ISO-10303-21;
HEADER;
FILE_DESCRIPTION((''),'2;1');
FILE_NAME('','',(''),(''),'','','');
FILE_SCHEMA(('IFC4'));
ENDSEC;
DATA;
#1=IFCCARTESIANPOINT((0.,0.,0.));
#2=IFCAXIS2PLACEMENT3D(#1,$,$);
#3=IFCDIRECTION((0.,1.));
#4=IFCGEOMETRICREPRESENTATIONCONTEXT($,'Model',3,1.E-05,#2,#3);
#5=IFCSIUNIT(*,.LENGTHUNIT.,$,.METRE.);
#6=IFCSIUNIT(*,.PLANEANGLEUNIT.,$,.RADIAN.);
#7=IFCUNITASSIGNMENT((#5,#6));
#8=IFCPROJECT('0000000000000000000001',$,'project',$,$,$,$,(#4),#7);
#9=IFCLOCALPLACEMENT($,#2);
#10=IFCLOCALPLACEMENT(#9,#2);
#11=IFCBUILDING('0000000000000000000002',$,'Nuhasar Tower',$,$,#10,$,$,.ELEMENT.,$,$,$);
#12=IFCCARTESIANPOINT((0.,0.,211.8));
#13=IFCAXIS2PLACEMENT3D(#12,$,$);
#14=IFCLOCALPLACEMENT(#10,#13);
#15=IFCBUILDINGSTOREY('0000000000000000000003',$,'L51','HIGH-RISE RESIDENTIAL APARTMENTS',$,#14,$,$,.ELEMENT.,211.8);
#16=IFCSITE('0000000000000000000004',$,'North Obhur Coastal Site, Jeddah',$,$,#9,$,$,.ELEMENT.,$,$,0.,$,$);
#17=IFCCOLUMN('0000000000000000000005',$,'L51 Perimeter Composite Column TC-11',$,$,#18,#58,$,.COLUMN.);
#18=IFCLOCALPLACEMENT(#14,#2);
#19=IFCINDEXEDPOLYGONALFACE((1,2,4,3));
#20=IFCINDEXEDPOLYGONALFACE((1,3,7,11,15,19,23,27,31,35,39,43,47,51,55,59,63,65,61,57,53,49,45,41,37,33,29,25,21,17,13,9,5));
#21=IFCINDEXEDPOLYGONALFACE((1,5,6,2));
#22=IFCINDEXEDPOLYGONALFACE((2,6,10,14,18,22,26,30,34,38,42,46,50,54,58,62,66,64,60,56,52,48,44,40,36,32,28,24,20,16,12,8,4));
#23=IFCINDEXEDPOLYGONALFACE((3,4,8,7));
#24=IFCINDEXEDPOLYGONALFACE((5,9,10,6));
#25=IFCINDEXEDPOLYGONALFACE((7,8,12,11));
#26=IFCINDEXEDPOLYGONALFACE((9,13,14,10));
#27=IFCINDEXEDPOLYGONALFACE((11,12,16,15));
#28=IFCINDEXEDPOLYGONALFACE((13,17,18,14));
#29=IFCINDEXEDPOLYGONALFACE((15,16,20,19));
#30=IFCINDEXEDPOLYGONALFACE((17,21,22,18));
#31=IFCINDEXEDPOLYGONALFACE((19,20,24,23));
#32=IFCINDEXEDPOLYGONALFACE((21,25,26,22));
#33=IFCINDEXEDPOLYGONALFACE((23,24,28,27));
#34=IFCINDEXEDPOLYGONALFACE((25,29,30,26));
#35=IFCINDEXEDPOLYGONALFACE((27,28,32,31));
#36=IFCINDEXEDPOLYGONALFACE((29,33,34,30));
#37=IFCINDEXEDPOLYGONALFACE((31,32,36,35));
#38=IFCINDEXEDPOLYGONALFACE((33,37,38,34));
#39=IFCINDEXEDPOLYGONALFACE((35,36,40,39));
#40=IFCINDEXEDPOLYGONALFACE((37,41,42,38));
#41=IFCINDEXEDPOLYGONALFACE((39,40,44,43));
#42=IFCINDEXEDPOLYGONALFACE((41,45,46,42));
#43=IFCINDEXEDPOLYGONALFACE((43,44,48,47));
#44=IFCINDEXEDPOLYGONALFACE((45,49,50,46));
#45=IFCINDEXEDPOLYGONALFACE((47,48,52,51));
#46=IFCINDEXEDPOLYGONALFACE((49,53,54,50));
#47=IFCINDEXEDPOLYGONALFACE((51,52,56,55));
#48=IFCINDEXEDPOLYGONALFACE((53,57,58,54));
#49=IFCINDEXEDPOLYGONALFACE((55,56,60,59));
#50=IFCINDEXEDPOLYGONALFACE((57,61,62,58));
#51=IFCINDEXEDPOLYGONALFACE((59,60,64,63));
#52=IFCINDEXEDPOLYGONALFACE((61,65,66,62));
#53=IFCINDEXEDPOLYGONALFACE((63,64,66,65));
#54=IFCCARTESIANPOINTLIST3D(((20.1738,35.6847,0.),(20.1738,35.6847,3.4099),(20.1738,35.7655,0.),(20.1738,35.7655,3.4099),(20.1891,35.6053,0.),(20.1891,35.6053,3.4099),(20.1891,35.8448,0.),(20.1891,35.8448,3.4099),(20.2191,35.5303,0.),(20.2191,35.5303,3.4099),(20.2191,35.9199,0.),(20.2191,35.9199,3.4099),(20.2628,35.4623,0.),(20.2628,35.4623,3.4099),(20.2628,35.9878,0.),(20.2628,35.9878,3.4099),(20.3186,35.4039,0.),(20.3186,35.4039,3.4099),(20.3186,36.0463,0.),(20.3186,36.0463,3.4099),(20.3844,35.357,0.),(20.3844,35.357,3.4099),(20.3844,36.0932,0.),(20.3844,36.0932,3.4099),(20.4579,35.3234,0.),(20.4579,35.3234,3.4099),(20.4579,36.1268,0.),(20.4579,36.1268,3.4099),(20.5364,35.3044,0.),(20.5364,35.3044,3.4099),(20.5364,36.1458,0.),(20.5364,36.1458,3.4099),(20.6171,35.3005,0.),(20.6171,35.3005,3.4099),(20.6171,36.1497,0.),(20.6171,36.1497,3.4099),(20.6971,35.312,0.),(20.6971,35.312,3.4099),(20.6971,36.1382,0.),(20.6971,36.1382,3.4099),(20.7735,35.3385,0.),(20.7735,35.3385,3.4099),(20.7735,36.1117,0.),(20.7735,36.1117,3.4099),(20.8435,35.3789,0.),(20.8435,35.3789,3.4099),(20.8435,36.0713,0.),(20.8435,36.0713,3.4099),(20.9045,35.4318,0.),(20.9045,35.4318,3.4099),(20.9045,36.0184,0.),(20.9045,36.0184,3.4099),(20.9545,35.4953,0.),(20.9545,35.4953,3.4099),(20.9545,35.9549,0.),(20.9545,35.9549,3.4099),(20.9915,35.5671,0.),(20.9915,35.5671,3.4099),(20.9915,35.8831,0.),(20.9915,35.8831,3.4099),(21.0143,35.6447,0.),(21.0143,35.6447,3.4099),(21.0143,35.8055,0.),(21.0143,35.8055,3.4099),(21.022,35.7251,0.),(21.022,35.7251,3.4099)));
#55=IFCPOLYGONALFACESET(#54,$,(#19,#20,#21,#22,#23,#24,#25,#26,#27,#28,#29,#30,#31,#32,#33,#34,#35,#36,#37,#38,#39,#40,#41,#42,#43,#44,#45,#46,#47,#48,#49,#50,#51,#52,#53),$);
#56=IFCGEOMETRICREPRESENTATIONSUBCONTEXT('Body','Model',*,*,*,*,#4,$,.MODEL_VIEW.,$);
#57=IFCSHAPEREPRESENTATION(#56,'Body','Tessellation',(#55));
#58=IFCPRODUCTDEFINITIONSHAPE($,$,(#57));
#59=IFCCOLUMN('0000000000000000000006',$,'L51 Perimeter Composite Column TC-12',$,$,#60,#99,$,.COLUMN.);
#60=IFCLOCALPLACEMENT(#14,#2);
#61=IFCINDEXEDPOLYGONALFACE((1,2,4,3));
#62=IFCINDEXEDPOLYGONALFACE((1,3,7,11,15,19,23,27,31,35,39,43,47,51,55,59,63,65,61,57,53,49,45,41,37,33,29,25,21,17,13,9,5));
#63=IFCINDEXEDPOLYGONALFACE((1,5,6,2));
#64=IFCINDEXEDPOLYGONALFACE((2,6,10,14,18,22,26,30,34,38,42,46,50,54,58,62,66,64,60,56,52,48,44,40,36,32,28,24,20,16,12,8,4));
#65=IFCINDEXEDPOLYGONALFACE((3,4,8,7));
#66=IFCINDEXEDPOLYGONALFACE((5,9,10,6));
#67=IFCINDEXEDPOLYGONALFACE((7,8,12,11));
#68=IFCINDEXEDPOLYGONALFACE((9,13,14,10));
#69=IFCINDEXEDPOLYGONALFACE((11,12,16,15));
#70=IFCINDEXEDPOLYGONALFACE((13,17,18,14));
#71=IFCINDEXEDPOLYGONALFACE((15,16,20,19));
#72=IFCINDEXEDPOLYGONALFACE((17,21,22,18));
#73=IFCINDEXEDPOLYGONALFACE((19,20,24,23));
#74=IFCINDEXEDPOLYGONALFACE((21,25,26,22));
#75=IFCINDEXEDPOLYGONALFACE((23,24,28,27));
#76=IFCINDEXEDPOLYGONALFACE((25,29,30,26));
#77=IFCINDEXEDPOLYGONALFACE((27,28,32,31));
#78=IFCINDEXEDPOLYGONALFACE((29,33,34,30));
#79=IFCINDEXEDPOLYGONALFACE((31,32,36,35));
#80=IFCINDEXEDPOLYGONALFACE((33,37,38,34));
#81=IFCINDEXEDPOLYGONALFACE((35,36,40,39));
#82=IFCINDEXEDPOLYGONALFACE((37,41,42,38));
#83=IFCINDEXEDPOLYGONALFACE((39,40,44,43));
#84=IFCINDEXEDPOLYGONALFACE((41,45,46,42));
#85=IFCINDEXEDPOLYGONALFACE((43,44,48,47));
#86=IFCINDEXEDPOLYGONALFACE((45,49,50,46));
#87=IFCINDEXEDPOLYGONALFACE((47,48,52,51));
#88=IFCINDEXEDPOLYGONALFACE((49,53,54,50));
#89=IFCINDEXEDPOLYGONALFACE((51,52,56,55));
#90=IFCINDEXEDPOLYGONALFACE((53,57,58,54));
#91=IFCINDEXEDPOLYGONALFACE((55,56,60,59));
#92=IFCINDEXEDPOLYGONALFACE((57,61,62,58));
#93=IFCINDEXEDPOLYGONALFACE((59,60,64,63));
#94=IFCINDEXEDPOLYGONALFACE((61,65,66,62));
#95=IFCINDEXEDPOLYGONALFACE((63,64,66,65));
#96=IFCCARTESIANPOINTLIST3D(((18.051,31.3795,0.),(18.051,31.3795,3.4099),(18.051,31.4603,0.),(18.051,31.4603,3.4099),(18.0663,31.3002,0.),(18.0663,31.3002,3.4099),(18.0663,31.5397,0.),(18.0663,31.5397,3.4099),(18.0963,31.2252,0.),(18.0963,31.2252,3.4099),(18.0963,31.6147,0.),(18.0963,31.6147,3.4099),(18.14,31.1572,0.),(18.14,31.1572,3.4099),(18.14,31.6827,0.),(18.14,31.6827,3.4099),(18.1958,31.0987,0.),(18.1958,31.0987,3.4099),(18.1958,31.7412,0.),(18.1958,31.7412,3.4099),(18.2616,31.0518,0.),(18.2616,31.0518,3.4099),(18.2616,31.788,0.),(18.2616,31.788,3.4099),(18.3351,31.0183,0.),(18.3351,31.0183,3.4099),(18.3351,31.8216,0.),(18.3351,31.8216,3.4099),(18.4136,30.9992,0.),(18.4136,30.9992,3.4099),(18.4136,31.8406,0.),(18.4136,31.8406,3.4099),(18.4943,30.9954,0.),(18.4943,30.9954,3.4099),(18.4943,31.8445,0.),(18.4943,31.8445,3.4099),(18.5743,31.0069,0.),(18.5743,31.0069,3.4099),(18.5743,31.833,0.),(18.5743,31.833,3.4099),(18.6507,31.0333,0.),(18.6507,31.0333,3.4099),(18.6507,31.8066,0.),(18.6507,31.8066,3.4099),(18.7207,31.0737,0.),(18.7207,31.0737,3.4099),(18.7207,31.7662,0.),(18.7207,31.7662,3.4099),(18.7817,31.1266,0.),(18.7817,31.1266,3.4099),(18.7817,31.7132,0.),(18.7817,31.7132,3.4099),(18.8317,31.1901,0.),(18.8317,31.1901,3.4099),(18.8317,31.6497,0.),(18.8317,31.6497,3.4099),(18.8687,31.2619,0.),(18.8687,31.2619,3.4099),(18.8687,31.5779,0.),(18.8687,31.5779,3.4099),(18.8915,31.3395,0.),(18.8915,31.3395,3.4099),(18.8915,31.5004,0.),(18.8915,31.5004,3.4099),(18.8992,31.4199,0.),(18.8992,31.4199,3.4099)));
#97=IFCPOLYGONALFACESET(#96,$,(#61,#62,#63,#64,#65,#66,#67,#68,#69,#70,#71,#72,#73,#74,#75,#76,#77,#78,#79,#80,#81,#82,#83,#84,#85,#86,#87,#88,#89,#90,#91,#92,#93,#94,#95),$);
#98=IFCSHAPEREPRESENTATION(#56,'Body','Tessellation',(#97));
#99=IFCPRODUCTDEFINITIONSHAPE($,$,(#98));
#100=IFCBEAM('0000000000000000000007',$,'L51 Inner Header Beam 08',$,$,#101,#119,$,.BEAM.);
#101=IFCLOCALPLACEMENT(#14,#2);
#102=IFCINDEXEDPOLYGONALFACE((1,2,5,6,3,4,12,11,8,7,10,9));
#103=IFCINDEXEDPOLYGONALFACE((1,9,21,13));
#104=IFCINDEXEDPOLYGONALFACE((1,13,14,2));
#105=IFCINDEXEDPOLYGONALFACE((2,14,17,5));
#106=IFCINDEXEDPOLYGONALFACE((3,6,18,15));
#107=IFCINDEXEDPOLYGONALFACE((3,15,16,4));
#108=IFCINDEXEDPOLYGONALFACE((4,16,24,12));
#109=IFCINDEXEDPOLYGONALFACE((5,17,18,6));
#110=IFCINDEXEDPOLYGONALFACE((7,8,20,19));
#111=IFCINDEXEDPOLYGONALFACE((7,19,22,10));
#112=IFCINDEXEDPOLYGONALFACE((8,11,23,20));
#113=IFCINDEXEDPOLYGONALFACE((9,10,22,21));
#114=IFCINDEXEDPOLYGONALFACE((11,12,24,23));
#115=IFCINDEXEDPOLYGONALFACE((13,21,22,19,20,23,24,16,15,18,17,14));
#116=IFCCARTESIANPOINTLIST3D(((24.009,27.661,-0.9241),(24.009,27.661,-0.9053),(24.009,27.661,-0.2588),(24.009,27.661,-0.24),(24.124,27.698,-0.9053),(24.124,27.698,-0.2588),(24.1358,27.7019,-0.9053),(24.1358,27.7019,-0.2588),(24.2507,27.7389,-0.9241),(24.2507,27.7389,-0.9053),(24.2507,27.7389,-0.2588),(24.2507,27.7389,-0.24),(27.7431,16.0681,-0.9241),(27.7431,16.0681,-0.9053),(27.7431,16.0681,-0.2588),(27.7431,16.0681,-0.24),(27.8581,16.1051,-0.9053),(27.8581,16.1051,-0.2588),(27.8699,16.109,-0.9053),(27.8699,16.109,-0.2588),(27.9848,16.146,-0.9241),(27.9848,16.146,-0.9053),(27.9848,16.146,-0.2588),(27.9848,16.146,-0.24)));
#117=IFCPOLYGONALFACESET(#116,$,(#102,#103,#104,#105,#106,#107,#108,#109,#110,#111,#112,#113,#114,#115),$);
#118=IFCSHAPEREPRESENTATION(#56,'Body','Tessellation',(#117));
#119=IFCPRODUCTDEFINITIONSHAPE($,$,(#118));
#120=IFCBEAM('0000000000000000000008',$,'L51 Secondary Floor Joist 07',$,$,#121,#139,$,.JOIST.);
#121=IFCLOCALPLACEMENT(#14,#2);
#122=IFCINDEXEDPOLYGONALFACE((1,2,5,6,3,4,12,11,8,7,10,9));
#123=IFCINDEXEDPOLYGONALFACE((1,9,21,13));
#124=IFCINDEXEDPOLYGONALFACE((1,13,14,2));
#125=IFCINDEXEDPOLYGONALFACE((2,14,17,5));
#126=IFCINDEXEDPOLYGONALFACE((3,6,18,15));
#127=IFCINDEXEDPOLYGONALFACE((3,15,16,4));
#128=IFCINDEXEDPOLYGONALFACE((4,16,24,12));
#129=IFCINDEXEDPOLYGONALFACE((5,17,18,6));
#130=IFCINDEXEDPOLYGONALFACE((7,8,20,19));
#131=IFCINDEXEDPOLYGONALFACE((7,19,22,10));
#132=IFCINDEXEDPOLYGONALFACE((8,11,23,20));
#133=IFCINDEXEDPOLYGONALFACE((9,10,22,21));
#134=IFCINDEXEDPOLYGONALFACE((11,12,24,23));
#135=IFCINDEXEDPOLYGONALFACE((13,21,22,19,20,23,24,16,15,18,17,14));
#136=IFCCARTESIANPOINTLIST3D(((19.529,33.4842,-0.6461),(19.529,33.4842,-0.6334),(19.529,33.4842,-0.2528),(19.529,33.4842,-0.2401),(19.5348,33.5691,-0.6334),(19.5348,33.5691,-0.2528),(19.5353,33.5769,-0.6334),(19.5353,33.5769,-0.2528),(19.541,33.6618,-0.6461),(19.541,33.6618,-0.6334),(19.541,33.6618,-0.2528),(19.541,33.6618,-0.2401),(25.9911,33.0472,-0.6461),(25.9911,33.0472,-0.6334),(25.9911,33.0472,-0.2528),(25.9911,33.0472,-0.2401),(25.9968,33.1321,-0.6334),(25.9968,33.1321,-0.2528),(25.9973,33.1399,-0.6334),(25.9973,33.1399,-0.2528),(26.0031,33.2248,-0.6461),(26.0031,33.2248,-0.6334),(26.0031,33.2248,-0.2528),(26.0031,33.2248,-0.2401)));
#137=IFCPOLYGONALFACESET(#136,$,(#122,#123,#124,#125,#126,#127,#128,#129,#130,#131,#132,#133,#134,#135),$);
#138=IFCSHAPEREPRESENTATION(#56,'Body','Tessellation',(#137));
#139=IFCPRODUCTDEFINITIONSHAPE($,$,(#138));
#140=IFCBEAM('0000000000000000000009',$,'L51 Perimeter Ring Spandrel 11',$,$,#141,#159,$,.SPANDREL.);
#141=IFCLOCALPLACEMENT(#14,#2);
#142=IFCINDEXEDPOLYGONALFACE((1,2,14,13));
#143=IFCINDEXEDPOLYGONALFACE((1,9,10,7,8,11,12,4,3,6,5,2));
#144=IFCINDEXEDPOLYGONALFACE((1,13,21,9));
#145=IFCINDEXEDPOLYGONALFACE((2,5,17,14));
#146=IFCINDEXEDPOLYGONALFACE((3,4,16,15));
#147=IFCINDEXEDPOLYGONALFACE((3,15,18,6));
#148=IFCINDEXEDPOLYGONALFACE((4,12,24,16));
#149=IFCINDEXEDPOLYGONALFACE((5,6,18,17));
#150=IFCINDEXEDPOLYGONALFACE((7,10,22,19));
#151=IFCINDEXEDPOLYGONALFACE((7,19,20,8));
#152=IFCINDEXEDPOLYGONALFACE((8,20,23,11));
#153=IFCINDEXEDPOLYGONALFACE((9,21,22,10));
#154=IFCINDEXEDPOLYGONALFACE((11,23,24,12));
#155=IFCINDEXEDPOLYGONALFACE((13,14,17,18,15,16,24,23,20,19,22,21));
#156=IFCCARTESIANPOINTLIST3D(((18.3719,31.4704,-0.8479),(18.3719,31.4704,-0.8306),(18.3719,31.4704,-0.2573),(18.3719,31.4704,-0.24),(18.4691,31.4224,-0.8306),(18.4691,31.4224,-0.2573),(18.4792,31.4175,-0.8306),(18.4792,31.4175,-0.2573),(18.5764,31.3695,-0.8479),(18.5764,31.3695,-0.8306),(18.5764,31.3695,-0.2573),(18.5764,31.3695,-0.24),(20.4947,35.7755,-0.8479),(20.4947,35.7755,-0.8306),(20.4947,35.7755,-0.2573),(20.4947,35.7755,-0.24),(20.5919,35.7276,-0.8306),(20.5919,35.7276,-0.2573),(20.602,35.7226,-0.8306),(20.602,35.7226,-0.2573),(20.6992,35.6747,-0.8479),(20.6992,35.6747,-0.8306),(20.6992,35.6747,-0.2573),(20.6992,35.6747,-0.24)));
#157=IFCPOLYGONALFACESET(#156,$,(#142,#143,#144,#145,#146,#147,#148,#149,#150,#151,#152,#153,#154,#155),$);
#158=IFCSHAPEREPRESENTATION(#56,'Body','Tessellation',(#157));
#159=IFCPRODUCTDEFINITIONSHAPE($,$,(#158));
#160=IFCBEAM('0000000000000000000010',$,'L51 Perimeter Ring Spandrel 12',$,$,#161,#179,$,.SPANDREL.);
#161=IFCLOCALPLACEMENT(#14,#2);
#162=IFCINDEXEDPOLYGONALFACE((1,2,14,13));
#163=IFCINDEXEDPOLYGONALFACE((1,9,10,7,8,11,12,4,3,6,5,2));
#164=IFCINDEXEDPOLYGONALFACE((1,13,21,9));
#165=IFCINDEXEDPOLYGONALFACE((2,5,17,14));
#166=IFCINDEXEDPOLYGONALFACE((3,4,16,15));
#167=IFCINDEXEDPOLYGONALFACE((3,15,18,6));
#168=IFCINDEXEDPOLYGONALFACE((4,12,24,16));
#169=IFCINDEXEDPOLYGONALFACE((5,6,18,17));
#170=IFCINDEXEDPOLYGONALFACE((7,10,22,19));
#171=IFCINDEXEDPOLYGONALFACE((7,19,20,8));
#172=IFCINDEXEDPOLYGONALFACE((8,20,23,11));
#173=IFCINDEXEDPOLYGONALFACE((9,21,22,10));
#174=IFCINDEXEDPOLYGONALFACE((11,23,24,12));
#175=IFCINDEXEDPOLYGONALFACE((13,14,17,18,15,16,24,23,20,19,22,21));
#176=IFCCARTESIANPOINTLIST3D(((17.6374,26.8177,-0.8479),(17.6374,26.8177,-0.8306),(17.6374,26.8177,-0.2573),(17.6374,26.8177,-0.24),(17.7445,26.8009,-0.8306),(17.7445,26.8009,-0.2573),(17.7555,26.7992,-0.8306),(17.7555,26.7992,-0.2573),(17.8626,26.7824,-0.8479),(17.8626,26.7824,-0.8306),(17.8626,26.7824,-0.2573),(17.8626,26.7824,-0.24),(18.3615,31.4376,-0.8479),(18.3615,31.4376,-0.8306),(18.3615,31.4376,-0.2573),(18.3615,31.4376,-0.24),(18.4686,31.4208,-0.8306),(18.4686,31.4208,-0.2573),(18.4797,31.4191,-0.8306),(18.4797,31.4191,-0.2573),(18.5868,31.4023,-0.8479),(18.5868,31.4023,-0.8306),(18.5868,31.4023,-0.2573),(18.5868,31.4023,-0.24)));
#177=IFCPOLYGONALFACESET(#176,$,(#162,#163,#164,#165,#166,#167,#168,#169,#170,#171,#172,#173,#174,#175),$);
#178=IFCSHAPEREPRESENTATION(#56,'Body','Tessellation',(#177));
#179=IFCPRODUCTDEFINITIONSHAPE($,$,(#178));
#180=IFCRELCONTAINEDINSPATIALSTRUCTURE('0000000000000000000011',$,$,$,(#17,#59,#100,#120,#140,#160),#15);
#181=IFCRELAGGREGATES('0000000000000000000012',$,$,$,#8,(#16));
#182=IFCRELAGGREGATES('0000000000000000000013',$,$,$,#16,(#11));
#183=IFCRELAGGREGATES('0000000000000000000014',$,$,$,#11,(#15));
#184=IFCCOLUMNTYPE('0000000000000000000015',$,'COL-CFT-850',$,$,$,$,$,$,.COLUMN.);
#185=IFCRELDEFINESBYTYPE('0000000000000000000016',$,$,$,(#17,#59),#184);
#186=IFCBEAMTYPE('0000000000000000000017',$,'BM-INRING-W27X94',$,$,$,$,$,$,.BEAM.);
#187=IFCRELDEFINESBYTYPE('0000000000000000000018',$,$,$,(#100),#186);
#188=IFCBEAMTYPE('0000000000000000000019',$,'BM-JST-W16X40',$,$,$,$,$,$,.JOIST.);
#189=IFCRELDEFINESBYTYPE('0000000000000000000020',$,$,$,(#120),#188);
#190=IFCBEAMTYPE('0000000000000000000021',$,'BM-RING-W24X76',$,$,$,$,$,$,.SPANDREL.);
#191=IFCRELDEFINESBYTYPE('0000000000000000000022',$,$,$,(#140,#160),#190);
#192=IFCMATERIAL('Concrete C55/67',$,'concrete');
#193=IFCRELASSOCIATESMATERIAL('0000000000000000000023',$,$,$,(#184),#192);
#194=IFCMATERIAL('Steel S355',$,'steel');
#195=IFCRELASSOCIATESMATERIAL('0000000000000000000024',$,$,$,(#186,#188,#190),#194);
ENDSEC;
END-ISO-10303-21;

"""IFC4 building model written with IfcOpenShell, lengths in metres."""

from ifc_helpers import new_model, si_unit, direction, frame, origin, origin_2d, place, context, subcontext, project, spatial, circle, i_section, extrude, material, material_profile, profile_set, type_object, element, save


model = new_model("IFC4")

# Units and contexts
model_context = context("Model", 3, precision=1e-05, world=origin(), true_north=direction((0.0, 1.0)))
body_context = subcontext(model_context, "Body", "Model", "MODEL_VIEW")
ifc_project = project(units=[si_unit("LENGTHUNIT", "METRE"), si_unit("PLANEANGLEUNIT", "RADIAN")], contexts=[model_context])

# Site, building, storey
site_placement = place(None, origin())
site = spatial("IfcSite", under=ifc_project, at=site_placement, Name="North Obhur Coastal Site, Jeddah", CompositionType="ELEMENT", RefElevation=0.0)
building_placement = place(site_placement, origin())
building = spatial("IfcBuilding", under=site, at=building_placement, Name="Nuhasar Tower", CompositionType="ELEMENT")
storey_placement = place(building_placement, frame((0.0, 0.0, 211.8)))
storey = spatial("IfcBuildingStorey", under=building, at=storey_placement, Name="L51", Description="HIGH-RISE RESIDENTIAL APARTMENTS", CompositionType="ELEMENT", Elevation=211.8)

# Columns
ifc_material_1 = material(Name="Concrete C55/67", Category="concrete")
ifc_material_profile_1 = material_profile(ifc_material_1, circle(Radius=0.425, at=origin_2d()), Name="CFT850")
ifc_profile_set_1 = profile_set([ifc_material_profile_1], Name="Concrete C55/67")
column_type = type_object("IfcColumnType", Name="COL-CFT-850", PredefinedType="COLUMN", material=ifc_profile_set_1)
for number, where, z_axis, x_axis, name in (
    (1, (20.5969, 35.7251, 0.0), (0.0, 0.0, 1.0), (1.0, 0.0, 0.0), "L51 Perimeter Composite Column TC-11"),
    (2, (18.4741, 31.4199, 0.0), (0.0, 0.0, 1.0), (1.0, 0.0, 0.0), "L51 Perimeter Composite Column TC-12"),
):
    element("IfcColumn", number, at=place(storey_placement, frame(where, z_axis=z_axis, x_axis=x_axis)), inside=storey, type_object=column_type, Name=name, PredefinedType="COLUMN", context=body_context, shape_type="SweptSolid", body=[
        extrude(circle(Radius=0.425, at=origin_2d()), origin(), (0.0, 0.0, 1.0), 3.4099),
    ])

# Beams
ifc_material_2 = material(Name="Steel S355", Category="steel")
ifc_material_profile_2 = material_profile(ifc_material_2, i_section(OverallWidth=0.2539, OverallDepth=0.6841, WebThickness=0.0125, FlangeThickness=0.0188, at=origin_2d()), Name="W27X94")
ifc_profile_set_2 = profile_set([ifc_material_profile_2], Name="Steel S355")
beam_type_1 = type_object("IfcBeamType", Name="BM-INRING-W27X94", PredefinedType="BEAM", material=ifc_profile_set_2)
beam_1_placement = place(storey_placement, frame((24.1299, 27.7, -0.582), z_axis=(0.30659, -0.951842, 0.0), x_axis=(0.951842, 0.30659, 0.0)))
element("IfcBeam", 3, at=beam_1_placement, inside=storey, type_object=beam_type_1, Name="L51 Inner Header Beam 08", PredefinedType="BEAM", context=body_context, shape_type="SweptSolid", body=[
    extrude(i_section(OverallWidth=0.2539, OverallDepth=0.6841, WebThickness=0.0125, FlangeThickness=0.0188, at=origin_2d()), origin(), (0.0, 0.0, 1.0), 12.1794),
])
ifc_material_profile_3 = material_profile(ifc_material_2, i_section(OverallWidth=0.178, OverallDepth=0.406, WebThickness=0.0078, FlangeThickness=0.0127, at=origin_2d()), Name="W16X40")
ifc_profile_set_3 = profile_set([ifc_material_profile_3], Name="Steel S355")
beam_type_2 = type_object("IfcBeamType", Name="BM-JST-W16X40", PredefinedType="JOIST", material=ifc_profile_set_3)
beam_2_placement = place(storey_placement, frame((25.9971, 33.136, -0.4431), z_axis=(-0.997721, 0.067472, 0.0), x_axis=(-0.067472, -0.997721, 0.0)))
element("IfcBeam", 4, at=beam_2_placement, inside=storey, type_object=beam_type_2, Name="L51 Secondary Floor Joist 07", PredefinedType="JOIST", context=body_context, shape_type="SweptSolid", body=[
    extrude(i_section(OverallWidth=0.178, OverallDepth=0.406, WebThickness=0.0078, FlangeThickness=0.0127, at=origin_2d()), origin(), (0.0, 0.0, 1.0), 6.4768),
])
ifc_material_profile_4 = material_profile(ifc_material_2, i_section(OverallWidth=0.228, OverallDepth=0.6079, WebThickness=0.0112, FlangeThickness=0.0173, at=origin_2d()), Name="W24X76")
ifc_profile_set_4 = profile_set([ifc_material_profile_4], Name="Steel S355")
beam_type_3 = type_object("IfcBeamType", Name="BM-RING-W24X76", PredefinedType="SPANDREL", material=ifc_profile_set_4)
beam_3_placement = place(storey_placement, frame((20.5969, 35.7251, -0.5439), z_axis=(-0.442243, -0.896895, 0.0), x_axis=(0.896895, -0.442243, 0.0)))
element("IfcBeam", 5, at=beam_3_placement, inside=storey, type_object=beam_type_3, Name="L51 Perimeter Ring Spandrel 11", PredefinedType="SPANDREL", context=body_context, shape_type="SweptSolid", body=[
    extrude(i_section(OverallWidth=0.228, OverallDepth=0.6079, WebThickness=0.0112, FlangeThickness=0.0173, at=origin_2d()), origin(), (0.0, 0.0, 1.0), 4.8),
])
beam_4_placement = place(storey_placement, frame((18.4741, 31.4199, -0.5439), z_axis=(-0.15485, -0.987938, 0.0), x_axis=(0.987938, -0.15485, 0.0)))
element("IfcBeam", 6, at=beam_4_placement, inside=storey, type_object=beam_type_3, Name="L51 Perimeter Ring Spandrel 12", PredefinedType="SPANDREL", context=body_context, shape_type="SweptSolid", body=[
    extrude(i_section(OverallWidth=0.228, OverallDepth=0.6079, WebThickness=0.0112, FlangeThickness=0.0173, at=origin_2d()), origin(), (0.0, 0.0, 1.0), 4.6763),
])

save(model, "model.ifc")
